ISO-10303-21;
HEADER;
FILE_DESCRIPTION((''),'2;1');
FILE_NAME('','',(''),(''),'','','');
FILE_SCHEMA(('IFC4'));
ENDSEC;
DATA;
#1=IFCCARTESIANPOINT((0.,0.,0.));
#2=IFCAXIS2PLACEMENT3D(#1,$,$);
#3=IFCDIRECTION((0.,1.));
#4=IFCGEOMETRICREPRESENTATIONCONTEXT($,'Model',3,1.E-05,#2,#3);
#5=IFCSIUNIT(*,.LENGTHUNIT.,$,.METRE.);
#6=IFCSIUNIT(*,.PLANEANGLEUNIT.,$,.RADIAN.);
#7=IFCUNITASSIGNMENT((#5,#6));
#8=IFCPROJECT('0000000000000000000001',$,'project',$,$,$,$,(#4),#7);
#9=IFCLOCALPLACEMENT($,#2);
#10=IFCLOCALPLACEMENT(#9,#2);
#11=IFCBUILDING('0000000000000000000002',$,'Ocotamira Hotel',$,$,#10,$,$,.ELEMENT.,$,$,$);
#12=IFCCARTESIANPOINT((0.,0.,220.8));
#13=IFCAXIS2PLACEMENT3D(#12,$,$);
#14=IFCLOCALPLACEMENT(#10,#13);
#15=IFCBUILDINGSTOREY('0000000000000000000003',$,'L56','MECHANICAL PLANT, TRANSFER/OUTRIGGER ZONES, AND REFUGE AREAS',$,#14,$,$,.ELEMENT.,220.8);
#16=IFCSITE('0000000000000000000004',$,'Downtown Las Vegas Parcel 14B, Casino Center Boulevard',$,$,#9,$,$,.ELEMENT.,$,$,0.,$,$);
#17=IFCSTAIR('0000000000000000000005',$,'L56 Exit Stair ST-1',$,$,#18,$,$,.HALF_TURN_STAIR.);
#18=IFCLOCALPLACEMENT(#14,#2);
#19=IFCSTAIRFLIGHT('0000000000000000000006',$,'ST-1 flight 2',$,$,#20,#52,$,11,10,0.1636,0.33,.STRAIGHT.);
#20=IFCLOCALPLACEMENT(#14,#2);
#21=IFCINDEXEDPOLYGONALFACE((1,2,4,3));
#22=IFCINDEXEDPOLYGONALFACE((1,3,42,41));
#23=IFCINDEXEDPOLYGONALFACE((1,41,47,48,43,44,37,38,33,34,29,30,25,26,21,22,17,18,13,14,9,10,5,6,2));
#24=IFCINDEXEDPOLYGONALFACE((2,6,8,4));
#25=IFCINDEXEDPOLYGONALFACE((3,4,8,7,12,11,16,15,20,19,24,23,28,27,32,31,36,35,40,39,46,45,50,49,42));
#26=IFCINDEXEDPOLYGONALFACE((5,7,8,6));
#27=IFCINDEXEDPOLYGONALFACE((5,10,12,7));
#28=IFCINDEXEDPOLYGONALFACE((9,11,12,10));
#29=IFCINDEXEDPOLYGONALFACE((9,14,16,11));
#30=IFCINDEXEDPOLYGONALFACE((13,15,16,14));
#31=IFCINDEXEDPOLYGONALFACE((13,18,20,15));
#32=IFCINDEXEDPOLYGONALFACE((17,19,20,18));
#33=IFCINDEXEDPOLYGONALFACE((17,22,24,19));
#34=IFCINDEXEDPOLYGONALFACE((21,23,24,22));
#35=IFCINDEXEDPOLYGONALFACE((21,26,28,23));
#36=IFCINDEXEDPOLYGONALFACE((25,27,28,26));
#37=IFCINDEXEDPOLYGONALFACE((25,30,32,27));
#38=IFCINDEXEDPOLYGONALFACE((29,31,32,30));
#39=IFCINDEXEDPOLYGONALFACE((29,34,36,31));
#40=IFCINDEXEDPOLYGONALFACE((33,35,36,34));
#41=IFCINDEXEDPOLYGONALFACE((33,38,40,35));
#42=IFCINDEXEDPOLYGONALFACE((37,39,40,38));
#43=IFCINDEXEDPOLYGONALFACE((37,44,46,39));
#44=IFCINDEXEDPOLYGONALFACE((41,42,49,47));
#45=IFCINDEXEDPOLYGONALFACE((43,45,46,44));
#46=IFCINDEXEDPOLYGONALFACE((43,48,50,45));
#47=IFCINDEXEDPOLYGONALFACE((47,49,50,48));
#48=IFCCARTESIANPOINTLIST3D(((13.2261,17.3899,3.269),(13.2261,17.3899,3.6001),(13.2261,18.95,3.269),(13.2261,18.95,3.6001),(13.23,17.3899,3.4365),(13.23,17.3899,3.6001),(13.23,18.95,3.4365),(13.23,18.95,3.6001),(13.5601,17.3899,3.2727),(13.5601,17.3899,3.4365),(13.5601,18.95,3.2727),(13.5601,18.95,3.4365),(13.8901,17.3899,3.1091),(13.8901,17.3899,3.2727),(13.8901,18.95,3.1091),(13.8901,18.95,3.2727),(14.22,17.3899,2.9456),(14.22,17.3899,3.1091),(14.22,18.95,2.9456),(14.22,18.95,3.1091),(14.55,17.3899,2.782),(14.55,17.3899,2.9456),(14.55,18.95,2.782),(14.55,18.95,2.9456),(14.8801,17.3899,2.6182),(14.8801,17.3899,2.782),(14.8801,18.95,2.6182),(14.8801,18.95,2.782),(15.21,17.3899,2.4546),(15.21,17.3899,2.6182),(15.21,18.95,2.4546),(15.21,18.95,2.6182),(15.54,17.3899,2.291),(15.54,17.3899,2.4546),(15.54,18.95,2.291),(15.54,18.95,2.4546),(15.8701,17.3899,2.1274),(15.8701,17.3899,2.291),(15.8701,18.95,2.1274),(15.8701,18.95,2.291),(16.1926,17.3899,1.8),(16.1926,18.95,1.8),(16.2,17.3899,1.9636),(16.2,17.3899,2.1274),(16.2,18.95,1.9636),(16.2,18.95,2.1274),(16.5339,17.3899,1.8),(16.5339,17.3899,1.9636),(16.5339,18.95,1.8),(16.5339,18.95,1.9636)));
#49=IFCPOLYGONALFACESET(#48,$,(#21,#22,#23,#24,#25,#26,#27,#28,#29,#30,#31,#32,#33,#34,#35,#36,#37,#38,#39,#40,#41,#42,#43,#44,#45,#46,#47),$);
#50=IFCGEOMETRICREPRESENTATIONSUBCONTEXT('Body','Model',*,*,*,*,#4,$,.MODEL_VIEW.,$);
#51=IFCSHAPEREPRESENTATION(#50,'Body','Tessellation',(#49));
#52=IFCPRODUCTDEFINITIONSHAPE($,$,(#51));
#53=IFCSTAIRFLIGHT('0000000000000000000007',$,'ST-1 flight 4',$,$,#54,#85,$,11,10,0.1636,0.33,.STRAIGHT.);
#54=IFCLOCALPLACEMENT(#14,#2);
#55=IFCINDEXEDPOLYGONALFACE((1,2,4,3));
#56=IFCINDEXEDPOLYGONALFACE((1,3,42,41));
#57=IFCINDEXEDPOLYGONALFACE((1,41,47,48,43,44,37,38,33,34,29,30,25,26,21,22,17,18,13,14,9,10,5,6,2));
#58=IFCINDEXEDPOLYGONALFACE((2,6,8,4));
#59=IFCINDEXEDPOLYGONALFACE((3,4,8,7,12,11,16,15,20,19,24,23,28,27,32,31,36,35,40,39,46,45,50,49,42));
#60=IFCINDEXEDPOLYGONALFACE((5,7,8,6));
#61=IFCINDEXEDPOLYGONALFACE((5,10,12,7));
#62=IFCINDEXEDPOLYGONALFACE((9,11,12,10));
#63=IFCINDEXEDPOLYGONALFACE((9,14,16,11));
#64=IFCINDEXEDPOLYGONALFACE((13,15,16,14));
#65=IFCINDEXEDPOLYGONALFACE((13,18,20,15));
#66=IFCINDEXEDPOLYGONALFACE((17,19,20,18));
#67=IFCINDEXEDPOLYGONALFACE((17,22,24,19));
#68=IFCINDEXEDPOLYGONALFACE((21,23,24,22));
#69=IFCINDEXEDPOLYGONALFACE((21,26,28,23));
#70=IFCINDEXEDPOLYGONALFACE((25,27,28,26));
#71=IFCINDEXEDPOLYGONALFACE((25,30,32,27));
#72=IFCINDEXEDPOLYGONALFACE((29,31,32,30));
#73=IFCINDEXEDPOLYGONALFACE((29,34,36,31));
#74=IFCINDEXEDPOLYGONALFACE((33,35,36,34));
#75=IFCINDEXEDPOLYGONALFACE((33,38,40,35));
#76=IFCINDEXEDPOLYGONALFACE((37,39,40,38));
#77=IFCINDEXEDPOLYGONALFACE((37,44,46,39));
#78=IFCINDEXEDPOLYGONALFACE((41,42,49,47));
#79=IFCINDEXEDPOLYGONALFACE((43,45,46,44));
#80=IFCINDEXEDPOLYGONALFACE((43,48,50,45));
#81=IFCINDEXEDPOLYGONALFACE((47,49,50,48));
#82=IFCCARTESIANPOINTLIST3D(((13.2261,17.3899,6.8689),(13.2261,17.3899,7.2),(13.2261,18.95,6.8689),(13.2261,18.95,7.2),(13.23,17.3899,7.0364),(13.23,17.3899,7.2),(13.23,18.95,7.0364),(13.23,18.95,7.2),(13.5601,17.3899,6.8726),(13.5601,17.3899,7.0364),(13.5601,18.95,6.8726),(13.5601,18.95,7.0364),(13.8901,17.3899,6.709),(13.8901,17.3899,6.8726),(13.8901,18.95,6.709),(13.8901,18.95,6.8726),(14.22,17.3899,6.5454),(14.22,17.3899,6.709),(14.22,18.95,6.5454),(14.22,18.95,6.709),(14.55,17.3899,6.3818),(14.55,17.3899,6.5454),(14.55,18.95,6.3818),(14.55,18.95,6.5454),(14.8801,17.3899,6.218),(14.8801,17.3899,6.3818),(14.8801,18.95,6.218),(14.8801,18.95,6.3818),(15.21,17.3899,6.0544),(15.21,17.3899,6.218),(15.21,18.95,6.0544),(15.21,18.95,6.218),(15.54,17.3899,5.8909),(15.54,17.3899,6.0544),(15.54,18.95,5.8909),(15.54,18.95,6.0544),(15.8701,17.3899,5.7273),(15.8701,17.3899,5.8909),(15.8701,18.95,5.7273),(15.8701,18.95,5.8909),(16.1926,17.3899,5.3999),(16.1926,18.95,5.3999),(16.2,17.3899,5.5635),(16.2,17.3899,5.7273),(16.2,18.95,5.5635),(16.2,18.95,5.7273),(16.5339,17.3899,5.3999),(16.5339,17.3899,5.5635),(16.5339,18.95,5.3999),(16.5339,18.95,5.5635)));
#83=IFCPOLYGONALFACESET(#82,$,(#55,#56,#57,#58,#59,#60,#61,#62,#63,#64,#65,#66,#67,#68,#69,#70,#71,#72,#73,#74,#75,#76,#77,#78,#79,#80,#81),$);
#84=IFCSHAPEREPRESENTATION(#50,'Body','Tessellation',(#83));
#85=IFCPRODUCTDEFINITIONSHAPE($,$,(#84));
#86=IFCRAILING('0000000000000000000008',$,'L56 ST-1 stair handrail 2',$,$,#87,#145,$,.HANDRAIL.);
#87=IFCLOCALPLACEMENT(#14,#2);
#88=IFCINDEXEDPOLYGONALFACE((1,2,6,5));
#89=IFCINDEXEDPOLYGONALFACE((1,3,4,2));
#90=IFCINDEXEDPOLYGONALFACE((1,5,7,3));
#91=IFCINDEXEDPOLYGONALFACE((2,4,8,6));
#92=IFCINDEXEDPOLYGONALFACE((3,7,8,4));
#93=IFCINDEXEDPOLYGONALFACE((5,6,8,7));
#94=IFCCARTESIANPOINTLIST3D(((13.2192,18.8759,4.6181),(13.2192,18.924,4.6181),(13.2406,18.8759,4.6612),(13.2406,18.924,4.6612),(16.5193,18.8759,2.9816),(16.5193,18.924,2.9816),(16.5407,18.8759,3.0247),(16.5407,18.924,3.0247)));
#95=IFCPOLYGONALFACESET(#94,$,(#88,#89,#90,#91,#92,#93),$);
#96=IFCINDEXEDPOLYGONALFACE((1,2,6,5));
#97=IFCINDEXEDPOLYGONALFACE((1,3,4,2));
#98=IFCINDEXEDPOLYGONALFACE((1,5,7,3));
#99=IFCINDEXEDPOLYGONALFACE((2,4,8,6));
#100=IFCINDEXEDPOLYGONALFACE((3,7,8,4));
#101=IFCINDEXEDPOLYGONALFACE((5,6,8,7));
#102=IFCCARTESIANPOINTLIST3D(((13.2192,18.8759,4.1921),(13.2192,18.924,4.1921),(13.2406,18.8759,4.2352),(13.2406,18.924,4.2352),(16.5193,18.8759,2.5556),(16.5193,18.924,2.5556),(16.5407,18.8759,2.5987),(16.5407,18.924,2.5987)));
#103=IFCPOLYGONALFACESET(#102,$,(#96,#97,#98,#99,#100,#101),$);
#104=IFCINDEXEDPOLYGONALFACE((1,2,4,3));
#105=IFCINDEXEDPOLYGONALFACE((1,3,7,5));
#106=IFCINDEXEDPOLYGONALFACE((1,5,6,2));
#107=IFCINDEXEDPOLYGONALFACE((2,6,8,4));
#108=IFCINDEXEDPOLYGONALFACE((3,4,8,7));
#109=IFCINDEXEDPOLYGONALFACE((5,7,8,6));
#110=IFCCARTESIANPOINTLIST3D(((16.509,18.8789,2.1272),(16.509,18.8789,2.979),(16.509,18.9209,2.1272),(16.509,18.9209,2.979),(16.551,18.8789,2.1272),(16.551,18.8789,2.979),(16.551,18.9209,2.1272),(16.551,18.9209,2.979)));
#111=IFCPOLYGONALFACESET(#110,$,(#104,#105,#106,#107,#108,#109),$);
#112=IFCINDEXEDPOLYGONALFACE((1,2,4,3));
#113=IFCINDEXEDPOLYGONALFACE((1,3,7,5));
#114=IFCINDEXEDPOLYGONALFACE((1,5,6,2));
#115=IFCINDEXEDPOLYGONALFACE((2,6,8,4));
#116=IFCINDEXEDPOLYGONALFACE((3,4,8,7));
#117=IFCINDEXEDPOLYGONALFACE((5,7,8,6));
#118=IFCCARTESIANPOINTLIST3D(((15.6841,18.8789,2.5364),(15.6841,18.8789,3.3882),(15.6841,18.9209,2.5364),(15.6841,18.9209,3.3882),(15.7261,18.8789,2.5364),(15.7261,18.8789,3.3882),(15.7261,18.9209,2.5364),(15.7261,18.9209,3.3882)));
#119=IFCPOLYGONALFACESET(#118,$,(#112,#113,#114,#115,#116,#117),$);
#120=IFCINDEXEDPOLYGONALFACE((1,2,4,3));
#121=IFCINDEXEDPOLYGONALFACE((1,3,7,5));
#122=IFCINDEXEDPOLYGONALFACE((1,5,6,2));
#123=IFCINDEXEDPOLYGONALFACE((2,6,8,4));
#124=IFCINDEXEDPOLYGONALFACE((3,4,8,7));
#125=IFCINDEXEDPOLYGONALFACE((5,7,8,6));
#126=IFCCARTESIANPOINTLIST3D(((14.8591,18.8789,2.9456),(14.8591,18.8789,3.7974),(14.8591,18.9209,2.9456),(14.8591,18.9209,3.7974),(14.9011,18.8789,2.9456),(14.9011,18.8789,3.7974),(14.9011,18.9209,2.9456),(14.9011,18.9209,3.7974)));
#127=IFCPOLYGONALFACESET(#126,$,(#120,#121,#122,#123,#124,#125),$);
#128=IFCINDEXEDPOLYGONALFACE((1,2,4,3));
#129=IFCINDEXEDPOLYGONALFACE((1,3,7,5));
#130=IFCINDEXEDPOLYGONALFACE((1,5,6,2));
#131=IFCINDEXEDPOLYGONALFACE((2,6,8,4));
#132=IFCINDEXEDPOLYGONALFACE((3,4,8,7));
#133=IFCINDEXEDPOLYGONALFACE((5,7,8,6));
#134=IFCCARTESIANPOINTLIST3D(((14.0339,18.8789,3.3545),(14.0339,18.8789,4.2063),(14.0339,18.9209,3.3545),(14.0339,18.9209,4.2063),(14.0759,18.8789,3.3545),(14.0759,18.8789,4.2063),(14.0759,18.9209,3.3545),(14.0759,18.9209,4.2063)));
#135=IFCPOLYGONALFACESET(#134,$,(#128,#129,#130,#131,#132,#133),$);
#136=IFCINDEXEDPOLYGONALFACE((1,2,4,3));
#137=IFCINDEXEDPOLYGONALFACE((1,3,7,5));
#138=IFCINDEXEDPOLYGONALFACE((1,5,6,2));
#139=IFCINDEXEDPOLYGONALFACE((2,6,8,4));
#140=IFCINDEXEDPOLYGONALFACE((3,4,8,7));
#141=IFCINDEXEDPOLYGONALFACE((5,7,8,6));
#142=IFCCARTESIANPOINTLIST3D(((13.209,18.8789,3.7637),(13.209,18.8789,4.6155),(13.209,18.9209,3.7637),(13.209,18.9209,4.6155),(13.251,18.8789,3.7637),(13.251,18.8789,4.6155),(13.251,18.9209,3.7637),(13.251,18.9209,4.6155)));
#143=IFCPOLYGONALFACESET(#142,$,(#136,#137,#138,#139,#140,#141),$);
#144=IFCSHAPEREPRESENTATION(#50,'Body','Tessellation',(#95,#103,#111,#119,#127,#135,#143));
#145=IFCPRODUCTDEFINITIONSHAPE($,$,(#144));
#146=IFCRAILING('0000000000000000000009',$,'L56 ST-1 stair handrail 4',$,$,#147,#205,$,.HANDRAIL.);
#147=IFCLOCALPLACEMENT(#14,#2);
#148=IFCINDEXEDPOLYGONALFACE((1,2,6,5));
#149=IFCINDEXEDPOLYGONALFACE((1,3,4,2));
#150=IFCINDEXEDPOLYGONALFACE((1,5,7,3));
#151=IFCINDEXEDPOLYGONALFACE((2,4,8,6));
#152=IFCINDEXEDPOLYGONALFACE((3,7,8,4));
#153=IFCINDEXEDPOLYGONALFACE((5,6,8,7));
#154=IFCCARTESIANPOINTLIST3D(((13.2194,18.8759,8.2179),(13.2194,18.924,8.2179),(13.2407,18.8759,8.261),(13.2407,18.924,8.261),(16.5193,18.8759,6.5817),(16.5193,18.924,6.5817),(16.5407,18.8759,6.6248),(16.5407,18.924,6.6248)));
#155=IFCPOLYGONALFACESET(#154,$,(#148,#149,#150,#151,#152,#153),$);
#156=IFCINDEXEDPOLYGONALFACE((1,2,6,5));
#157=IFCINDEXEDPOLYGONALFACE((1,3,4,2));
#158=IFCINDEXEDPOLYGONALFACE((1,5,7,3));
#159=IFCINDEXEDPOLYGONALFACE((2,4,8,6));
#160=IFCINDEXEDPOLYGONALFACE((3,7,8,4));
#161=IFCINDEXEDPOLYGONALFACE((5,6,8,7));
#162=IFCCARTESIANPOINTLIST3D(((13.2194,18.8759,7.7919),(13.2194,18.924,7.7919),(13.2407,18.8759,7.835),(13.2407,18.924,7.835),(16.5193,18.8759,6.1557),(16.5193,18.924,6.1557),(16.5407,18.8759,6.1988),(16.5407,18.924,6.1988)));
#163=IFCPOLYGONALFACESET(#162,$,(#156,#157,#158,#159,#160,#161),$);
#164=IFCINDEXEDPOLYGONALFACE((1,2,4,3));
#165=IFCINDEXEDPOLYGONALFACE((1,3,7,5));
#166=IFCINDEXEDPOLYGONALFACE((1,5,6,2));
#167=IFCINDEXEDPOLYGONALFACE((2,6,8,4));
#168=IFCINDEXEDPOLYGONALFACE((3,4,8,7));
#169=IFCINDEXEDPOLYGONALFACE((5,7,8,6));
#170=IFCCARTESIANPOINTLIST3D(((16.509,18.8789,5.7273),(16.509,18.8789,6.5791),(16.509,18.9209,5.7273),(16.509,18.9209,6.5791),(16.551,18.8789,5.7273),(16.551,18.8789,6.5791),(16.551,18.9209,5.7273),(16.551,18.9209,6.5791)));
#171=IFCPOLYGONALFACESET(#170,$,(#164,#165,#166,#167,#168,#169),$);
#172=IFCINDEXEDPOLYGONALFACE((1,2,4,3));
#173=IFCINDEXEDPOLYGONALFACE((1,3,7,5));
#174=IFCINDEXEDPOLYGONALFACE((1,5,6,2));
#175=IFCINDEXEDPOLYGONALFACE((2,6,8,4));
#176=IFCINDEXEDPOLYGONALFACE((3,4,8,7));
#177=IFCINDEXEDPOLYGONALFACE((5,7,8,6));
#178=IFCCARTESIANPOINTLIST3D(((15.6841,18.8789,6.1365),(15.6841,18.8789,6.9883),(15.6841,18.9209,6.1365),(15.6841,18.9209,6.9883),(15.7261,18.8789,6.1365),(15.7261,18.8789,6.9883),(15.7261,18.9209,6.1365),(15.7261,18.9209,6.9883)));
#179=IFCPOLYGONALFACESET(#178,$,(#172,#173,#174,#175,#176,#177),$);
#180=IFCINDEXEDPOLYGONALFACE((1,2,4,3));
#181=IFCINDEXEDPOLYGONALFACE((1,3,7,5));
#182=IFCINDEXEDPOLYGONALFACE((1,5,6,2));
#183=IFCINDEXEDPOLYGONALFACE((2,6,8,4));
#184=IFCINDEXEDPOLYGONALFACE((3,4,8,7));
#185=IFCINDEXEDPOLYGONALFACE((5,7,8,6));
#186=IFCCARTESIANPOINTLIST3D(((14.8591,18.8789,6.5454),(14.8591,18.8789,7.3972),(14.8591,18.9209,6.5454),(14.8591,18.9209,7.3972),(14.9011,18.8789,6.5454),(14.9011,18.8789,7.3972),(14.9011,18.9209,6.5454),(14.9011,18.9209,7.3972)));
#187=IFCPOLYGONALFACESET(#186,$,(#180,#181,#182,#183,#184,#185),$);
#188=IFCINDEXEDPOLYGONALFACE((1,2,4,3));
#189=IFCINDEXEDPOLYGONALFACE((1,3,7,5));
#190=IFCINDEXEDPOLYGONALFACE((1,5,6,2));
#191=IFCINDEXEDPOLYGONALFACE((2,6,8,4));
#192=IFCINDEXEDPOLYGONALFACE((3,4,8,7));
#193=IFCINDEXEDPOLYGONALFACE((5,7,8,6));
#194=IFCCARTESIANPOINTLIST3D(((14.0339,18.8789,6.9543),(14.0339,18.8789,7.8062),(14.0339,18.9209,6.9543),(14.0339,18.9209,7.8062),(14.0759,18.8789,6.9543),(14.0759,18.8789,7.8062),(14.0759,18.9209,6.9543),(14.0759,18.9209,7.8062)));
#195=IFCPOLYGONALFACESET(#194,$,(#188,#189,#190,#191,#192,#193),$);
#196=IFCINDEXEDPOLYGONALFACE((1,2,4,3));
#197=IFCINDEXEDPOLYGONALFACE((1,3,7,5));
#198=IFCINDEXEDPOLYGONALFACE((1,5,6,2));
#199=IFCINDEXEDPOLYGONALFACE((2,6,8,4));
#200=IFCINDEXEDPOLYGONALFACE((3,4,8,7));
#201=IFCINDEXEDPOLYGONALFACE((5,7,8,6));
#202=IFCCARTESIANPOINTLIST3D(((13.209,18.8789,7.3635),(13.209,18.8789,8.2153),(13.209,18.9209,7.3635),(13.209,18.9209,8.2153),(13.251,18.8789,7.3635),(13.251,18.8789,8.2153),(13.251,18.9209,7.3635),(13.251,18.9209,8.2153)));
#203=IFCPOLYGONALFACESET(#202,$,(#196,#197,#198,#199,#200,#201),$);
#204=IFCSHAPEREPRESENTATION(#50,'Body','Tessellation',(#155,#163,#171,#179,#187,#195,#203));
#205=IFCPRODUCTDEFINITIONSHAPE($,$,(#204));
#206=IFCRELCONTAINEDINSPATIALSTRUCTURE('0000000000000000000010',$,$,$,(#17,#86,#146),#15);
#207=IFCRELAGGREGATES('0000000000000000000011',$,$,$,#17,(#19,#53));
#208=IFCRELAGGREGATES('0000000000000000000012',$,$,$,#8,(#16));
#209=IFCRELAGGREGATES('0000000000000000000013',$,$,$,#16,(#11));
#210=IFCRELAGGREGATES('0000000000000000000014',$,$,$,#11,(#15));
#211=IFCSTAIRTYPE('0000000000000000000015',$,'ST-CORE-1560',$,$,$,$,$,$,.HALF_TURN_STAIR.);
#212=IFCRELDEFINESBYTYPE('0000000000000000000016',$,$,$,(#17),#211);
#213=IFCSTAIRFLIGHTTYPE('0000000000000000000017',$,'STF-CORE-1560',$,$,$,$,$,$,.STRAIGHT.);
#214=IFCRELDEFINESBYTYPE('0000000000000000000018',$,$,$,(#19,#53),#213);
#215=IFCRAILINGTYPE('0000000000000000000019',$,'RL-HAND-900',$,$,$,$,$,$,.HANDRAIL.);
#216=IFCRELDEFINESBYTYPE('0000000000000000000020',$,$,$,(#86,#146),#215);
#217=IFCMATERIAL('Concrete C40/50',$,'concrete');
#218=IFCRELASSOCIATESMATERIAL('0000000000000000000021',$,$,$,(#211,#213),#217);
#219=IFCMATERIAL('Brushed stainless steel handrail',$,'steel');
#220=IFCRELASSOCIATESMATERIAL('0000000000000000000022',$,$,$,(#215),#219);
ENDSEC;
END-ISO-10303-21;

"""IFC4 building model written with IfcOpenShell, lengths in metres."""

from ifc_helpers import new_model, si_unit, direction, frame, origin, origin_2d, place, context, subcontext, project, spatial, polyline, rectangle, outline, extrude, source, transform, mapped, material, type_object, element, aggregate, save


model = new_model("IFC4")

# Units and contexts
model_context = context("Model", 3, precision=1e-05, world=origin(), true_north=direction((0.0, 1.0)))
body_context = subcontext(model_context, "Body", "Model", "MODEL_VIEW")
ifc_project = project(units=[si_unit("LENGTHUNIT", "METRE"), si_unit("PLANEANGLEUNIT", "RADIAN")], contexts=[model_context])

# Site, building, storey
site_placement = place(None, origin())
site = spatial("IfcSite", under=ifc_project, at=site_placement, Name="Downtown Las Vegas Parcel 14B, Casino Center Boulevard", CompositionType="ELEMENT", RefElevation=0.0)
building_placement = place(site_placement, origin())
building = spatial("IfcBuilding", under=site, at=building_placement, Name="Ocotamira Hotel", CompositionType="ELEMENT")
storey_placement = place(building_placement, frame((0.0, 0.0, 220.8)))
storey = spatial("IfcBuildingStorey", under=building, at=storey_placement, Name="L56", Description="MECHANICAL PLANT, TRANSFER/OUTRIGGER ZONES, AND REFUGE AREAS", CompositionType="ELEMENT", Elevation=220.8)

# Stair, stair flights
ifc_material_1 = material(Name="Concrete C40/50", Category="concrete")
stair_type = type_object("IfcStairType", Name="ST-CORE-1560", PredefinedType="HALF_TURN_STAIR", material=ifc_material_1)
stair_placement = place(storey_placement, origin())
stair = element("IfcStair", 1, at=stair_placement, inside=storey, type_object=stair_type, Name="L56 Exit Stair ST-1", PredefinedType="HALF_TURN_STAIR")
stair_flight_type = type_object("IfcStairFlightType", Name="STF-CORE-1560", PredefinedType="STRAIGHT", material=ifc_material_1)
shared_shape_1 = source(origin(), body_context, "Body", "SweptSolid", [
    extrude(outline(polyline([(-0.0039, 0.0), (-0.0039, 0.1636), (0.3301, 0.1636), (0.3301, 0.3274), (0.6599, 0.3274), (0.6599, 0.491), (0.99, 0.491), (0.99, 0.6545), (1.3201, 0.6545), (1.3201, 0.8181), (1.6499, 0.8181), (1.6499, 0.9819), (1.98, 0.9819), (1.98, 1.1455), (2.3101, 1.1455), (2.3101, 1.3091), (2.6399, 1.3091), (2.6399, 1.4727), (2.97, 1.4727), (2.97, 1.6365), (3.3, 1.6365), (3.3, 1.8), (3.304, 1.8), (3.304, 1.469), (0.3374, 0.0), (-0.0039, 0.0)])), frame((0.0, 0.78, 0.0), z_axis=(0.0, -1.0, 0.0), x_axis=(1.0, 0.0, 0.0)), (0.0, 0.0, 1.0), 1.5601),
])
stair_flight_1_placement = place(storey_placement, frame((16.53, 18.1699, 1.8), z_axis=(0.0, 0.0, 1.0), x_axis=(-1.0, 0.0, 0.0)))
stair_flight_1 = element("IfcStairFlight", 2, at=stair_flight_1_placement, type_object=stair_flight_type, Name="ST-1 flight 2", NumberOfRisers=11, NumberOfTreads=10, PredefinedType="STRAIGHT", RiserHeight=0.1636, TreadLength=0.33, context=body_context, shape_type="MappedRepresentation", body=[
    mapped(shared_shape_1, transform((0.0, 0.0, 0.0), scale=1.0)),
])
stair_flight_2_placement = place(storey_placement, frame((16.53, 18.1699, 5.3999), z_axis=(0.0, 0.0, 1.0), x_axis=(-1.0, 0.0, 0.0)))
stair_flight_2 = element("IfcStairFlight", 3, at=stair_flight_2_placement, type_object=stair_flight_type, Name="ST-1 flight 4", NumberOfRisers=11, NumberOfTreads=10, PredefinedType="STRAIGHT", RiserHeight=0.1636, TreadLength=0.33, context=body_context, shape_type="MappedRepresentation", body=[
    mapped(shared_shape_1, transform((0.0, 0.0, 0.0), scale=1.0)),
])
aggregate(stair, [stair_flight_1, stair_flight_2])

# Railings
ifc_material_2 = material(Name="Brushed stainless steel handrail", Category="steel")
railing_type_1 = type_object("IfcRailingType", Name="RL-HAND-900", PredefinedType="HANDRAIL", material=ifc_material_2)
railing_1_placement = place(storey_placement, frame((16.53, 18.8999, 2.1272)))
element("IfcRailing", 4, at=railing_1_placement, inside=storey, type_object=railing_type_1, Name="L56 ST-1 stair handrail 2", PredefinedType="HANDRAIL", context=body_context, shape_type="SweptSolid", body=[
    extrude(rectangle(XDim=0.0481, YDim=0.0481, at=origin_2d()), frame((0.0, 0.0, 0.876), z_axis=(-0.895894, 0.0, 0.444268), x_axis=(0.0, -1.0, 0.0)), (0.0, 0.0, 1.0), 3.6836),
    extrude(rectangle(XDim=0.0481, YDim=0.0481, at=origin_2d()), frame((0.0, 0.0, 0.45), z_axis=(-0.895894, 0.0, 0.444268), x_axis=(0.0, -1.0, 0.0)), (0.0, 0.0, 1.0), 3.6836),
    extrude(rectangle(XDim=0.042, YDim=0.042, at=origin_2d()), origin(), (0.0, 0.0, 1.0), 0.8518),
    extrude(rectangle(XDim=0.042, YDim=0.042, at=origin_2d()), frame((-0.825, 0.0, 0.4092)), (0.0, 0.0, 1.0), 0.8518),
    extrude(rectangle(XDim=0.042, YDim=0.042, at=origin_2d()), frame((-1.6499, 0.0, 0.8184)), (0.0, 0.0, 1.0), 0.8518),
    extrude(rectangle(XDim=0.042, YDim=0.042, at=origin_2d()), frame((-2.4751, 0.0, 1.2273)), (0.0, 0.0, 1.0), 0.8518),
    extrude(rectangle(XDim=0.042, YDim=0.042, at=origin_2d()), frame((-3.3, 0.0, 1.6365)), (0.0, 0.0, 1.0), 0.8518),
])
railing_2_placement = place(storey_placement, frame((16.53, 18.8999, 5.7273)))
element("IfcRailing", 5, at=railing_2_placement, inside=storey, type_object=railing_type_1, Name="L56 ST-1 stair handrail 4", PredefinedType="HANDRAIL", context=body_context, shape_type="SweptSolid", body=[
    extrude(rectangle(XDim=0.0481, YDim=0.0481, at=origin_2d()), frame((0.0, 0.0, 0.876), z_axis=(-0.89592, 0.0, 0.444215), x_axis=(0.0, -1.0, 0.0)), (0.0, 0.0, 1.0), 3.6833),
    extrude(rectangle(XDim=0.0481, YDim=0.0481, at=origin_2d()), frame((0.0, 0.0, 0.45), z_axis=(-0.89592, 0.0, 0.444215), x_axis=(0.0, -1.0, 0.0)), (0.0, 0.0, 1.0), 3.6833),
    extrude(rectangle(XDim=0.042, YDim=0.042, at=origin_2d()), origin(), (0.0, 0.0, 1.0), 0.8518),
    extrude(rectangle(XDim=0.042, YDim=0.042, at=origin_2d()), frame((-0.825, 0.0, 0.4092)), (0.0, 0.0, 1.0), 0.8518),
    extrude(rectangle(XDim=0.042, YDim=0.042, at=origin_2d()), frame((-1.6499, 0.0, 0.8181)), (0.0, 0.0, 1.0), 0.8518),
    extrude(rectangle(XDim=0.042, YDim=0.042, at=origin_2d()), frame((-2.4751, 0.0, 1.2271)), (0.0, 0.0, 1.0), 0.8518),
    extrude(rectangle(XDim=0.042, YDim=0.042, at=origin_2d()), frame((-3.3, 0.0, 1.6362)), (0.0, 0.0, 1.0), 0.8518),
])

save(model, "model.ifc")
